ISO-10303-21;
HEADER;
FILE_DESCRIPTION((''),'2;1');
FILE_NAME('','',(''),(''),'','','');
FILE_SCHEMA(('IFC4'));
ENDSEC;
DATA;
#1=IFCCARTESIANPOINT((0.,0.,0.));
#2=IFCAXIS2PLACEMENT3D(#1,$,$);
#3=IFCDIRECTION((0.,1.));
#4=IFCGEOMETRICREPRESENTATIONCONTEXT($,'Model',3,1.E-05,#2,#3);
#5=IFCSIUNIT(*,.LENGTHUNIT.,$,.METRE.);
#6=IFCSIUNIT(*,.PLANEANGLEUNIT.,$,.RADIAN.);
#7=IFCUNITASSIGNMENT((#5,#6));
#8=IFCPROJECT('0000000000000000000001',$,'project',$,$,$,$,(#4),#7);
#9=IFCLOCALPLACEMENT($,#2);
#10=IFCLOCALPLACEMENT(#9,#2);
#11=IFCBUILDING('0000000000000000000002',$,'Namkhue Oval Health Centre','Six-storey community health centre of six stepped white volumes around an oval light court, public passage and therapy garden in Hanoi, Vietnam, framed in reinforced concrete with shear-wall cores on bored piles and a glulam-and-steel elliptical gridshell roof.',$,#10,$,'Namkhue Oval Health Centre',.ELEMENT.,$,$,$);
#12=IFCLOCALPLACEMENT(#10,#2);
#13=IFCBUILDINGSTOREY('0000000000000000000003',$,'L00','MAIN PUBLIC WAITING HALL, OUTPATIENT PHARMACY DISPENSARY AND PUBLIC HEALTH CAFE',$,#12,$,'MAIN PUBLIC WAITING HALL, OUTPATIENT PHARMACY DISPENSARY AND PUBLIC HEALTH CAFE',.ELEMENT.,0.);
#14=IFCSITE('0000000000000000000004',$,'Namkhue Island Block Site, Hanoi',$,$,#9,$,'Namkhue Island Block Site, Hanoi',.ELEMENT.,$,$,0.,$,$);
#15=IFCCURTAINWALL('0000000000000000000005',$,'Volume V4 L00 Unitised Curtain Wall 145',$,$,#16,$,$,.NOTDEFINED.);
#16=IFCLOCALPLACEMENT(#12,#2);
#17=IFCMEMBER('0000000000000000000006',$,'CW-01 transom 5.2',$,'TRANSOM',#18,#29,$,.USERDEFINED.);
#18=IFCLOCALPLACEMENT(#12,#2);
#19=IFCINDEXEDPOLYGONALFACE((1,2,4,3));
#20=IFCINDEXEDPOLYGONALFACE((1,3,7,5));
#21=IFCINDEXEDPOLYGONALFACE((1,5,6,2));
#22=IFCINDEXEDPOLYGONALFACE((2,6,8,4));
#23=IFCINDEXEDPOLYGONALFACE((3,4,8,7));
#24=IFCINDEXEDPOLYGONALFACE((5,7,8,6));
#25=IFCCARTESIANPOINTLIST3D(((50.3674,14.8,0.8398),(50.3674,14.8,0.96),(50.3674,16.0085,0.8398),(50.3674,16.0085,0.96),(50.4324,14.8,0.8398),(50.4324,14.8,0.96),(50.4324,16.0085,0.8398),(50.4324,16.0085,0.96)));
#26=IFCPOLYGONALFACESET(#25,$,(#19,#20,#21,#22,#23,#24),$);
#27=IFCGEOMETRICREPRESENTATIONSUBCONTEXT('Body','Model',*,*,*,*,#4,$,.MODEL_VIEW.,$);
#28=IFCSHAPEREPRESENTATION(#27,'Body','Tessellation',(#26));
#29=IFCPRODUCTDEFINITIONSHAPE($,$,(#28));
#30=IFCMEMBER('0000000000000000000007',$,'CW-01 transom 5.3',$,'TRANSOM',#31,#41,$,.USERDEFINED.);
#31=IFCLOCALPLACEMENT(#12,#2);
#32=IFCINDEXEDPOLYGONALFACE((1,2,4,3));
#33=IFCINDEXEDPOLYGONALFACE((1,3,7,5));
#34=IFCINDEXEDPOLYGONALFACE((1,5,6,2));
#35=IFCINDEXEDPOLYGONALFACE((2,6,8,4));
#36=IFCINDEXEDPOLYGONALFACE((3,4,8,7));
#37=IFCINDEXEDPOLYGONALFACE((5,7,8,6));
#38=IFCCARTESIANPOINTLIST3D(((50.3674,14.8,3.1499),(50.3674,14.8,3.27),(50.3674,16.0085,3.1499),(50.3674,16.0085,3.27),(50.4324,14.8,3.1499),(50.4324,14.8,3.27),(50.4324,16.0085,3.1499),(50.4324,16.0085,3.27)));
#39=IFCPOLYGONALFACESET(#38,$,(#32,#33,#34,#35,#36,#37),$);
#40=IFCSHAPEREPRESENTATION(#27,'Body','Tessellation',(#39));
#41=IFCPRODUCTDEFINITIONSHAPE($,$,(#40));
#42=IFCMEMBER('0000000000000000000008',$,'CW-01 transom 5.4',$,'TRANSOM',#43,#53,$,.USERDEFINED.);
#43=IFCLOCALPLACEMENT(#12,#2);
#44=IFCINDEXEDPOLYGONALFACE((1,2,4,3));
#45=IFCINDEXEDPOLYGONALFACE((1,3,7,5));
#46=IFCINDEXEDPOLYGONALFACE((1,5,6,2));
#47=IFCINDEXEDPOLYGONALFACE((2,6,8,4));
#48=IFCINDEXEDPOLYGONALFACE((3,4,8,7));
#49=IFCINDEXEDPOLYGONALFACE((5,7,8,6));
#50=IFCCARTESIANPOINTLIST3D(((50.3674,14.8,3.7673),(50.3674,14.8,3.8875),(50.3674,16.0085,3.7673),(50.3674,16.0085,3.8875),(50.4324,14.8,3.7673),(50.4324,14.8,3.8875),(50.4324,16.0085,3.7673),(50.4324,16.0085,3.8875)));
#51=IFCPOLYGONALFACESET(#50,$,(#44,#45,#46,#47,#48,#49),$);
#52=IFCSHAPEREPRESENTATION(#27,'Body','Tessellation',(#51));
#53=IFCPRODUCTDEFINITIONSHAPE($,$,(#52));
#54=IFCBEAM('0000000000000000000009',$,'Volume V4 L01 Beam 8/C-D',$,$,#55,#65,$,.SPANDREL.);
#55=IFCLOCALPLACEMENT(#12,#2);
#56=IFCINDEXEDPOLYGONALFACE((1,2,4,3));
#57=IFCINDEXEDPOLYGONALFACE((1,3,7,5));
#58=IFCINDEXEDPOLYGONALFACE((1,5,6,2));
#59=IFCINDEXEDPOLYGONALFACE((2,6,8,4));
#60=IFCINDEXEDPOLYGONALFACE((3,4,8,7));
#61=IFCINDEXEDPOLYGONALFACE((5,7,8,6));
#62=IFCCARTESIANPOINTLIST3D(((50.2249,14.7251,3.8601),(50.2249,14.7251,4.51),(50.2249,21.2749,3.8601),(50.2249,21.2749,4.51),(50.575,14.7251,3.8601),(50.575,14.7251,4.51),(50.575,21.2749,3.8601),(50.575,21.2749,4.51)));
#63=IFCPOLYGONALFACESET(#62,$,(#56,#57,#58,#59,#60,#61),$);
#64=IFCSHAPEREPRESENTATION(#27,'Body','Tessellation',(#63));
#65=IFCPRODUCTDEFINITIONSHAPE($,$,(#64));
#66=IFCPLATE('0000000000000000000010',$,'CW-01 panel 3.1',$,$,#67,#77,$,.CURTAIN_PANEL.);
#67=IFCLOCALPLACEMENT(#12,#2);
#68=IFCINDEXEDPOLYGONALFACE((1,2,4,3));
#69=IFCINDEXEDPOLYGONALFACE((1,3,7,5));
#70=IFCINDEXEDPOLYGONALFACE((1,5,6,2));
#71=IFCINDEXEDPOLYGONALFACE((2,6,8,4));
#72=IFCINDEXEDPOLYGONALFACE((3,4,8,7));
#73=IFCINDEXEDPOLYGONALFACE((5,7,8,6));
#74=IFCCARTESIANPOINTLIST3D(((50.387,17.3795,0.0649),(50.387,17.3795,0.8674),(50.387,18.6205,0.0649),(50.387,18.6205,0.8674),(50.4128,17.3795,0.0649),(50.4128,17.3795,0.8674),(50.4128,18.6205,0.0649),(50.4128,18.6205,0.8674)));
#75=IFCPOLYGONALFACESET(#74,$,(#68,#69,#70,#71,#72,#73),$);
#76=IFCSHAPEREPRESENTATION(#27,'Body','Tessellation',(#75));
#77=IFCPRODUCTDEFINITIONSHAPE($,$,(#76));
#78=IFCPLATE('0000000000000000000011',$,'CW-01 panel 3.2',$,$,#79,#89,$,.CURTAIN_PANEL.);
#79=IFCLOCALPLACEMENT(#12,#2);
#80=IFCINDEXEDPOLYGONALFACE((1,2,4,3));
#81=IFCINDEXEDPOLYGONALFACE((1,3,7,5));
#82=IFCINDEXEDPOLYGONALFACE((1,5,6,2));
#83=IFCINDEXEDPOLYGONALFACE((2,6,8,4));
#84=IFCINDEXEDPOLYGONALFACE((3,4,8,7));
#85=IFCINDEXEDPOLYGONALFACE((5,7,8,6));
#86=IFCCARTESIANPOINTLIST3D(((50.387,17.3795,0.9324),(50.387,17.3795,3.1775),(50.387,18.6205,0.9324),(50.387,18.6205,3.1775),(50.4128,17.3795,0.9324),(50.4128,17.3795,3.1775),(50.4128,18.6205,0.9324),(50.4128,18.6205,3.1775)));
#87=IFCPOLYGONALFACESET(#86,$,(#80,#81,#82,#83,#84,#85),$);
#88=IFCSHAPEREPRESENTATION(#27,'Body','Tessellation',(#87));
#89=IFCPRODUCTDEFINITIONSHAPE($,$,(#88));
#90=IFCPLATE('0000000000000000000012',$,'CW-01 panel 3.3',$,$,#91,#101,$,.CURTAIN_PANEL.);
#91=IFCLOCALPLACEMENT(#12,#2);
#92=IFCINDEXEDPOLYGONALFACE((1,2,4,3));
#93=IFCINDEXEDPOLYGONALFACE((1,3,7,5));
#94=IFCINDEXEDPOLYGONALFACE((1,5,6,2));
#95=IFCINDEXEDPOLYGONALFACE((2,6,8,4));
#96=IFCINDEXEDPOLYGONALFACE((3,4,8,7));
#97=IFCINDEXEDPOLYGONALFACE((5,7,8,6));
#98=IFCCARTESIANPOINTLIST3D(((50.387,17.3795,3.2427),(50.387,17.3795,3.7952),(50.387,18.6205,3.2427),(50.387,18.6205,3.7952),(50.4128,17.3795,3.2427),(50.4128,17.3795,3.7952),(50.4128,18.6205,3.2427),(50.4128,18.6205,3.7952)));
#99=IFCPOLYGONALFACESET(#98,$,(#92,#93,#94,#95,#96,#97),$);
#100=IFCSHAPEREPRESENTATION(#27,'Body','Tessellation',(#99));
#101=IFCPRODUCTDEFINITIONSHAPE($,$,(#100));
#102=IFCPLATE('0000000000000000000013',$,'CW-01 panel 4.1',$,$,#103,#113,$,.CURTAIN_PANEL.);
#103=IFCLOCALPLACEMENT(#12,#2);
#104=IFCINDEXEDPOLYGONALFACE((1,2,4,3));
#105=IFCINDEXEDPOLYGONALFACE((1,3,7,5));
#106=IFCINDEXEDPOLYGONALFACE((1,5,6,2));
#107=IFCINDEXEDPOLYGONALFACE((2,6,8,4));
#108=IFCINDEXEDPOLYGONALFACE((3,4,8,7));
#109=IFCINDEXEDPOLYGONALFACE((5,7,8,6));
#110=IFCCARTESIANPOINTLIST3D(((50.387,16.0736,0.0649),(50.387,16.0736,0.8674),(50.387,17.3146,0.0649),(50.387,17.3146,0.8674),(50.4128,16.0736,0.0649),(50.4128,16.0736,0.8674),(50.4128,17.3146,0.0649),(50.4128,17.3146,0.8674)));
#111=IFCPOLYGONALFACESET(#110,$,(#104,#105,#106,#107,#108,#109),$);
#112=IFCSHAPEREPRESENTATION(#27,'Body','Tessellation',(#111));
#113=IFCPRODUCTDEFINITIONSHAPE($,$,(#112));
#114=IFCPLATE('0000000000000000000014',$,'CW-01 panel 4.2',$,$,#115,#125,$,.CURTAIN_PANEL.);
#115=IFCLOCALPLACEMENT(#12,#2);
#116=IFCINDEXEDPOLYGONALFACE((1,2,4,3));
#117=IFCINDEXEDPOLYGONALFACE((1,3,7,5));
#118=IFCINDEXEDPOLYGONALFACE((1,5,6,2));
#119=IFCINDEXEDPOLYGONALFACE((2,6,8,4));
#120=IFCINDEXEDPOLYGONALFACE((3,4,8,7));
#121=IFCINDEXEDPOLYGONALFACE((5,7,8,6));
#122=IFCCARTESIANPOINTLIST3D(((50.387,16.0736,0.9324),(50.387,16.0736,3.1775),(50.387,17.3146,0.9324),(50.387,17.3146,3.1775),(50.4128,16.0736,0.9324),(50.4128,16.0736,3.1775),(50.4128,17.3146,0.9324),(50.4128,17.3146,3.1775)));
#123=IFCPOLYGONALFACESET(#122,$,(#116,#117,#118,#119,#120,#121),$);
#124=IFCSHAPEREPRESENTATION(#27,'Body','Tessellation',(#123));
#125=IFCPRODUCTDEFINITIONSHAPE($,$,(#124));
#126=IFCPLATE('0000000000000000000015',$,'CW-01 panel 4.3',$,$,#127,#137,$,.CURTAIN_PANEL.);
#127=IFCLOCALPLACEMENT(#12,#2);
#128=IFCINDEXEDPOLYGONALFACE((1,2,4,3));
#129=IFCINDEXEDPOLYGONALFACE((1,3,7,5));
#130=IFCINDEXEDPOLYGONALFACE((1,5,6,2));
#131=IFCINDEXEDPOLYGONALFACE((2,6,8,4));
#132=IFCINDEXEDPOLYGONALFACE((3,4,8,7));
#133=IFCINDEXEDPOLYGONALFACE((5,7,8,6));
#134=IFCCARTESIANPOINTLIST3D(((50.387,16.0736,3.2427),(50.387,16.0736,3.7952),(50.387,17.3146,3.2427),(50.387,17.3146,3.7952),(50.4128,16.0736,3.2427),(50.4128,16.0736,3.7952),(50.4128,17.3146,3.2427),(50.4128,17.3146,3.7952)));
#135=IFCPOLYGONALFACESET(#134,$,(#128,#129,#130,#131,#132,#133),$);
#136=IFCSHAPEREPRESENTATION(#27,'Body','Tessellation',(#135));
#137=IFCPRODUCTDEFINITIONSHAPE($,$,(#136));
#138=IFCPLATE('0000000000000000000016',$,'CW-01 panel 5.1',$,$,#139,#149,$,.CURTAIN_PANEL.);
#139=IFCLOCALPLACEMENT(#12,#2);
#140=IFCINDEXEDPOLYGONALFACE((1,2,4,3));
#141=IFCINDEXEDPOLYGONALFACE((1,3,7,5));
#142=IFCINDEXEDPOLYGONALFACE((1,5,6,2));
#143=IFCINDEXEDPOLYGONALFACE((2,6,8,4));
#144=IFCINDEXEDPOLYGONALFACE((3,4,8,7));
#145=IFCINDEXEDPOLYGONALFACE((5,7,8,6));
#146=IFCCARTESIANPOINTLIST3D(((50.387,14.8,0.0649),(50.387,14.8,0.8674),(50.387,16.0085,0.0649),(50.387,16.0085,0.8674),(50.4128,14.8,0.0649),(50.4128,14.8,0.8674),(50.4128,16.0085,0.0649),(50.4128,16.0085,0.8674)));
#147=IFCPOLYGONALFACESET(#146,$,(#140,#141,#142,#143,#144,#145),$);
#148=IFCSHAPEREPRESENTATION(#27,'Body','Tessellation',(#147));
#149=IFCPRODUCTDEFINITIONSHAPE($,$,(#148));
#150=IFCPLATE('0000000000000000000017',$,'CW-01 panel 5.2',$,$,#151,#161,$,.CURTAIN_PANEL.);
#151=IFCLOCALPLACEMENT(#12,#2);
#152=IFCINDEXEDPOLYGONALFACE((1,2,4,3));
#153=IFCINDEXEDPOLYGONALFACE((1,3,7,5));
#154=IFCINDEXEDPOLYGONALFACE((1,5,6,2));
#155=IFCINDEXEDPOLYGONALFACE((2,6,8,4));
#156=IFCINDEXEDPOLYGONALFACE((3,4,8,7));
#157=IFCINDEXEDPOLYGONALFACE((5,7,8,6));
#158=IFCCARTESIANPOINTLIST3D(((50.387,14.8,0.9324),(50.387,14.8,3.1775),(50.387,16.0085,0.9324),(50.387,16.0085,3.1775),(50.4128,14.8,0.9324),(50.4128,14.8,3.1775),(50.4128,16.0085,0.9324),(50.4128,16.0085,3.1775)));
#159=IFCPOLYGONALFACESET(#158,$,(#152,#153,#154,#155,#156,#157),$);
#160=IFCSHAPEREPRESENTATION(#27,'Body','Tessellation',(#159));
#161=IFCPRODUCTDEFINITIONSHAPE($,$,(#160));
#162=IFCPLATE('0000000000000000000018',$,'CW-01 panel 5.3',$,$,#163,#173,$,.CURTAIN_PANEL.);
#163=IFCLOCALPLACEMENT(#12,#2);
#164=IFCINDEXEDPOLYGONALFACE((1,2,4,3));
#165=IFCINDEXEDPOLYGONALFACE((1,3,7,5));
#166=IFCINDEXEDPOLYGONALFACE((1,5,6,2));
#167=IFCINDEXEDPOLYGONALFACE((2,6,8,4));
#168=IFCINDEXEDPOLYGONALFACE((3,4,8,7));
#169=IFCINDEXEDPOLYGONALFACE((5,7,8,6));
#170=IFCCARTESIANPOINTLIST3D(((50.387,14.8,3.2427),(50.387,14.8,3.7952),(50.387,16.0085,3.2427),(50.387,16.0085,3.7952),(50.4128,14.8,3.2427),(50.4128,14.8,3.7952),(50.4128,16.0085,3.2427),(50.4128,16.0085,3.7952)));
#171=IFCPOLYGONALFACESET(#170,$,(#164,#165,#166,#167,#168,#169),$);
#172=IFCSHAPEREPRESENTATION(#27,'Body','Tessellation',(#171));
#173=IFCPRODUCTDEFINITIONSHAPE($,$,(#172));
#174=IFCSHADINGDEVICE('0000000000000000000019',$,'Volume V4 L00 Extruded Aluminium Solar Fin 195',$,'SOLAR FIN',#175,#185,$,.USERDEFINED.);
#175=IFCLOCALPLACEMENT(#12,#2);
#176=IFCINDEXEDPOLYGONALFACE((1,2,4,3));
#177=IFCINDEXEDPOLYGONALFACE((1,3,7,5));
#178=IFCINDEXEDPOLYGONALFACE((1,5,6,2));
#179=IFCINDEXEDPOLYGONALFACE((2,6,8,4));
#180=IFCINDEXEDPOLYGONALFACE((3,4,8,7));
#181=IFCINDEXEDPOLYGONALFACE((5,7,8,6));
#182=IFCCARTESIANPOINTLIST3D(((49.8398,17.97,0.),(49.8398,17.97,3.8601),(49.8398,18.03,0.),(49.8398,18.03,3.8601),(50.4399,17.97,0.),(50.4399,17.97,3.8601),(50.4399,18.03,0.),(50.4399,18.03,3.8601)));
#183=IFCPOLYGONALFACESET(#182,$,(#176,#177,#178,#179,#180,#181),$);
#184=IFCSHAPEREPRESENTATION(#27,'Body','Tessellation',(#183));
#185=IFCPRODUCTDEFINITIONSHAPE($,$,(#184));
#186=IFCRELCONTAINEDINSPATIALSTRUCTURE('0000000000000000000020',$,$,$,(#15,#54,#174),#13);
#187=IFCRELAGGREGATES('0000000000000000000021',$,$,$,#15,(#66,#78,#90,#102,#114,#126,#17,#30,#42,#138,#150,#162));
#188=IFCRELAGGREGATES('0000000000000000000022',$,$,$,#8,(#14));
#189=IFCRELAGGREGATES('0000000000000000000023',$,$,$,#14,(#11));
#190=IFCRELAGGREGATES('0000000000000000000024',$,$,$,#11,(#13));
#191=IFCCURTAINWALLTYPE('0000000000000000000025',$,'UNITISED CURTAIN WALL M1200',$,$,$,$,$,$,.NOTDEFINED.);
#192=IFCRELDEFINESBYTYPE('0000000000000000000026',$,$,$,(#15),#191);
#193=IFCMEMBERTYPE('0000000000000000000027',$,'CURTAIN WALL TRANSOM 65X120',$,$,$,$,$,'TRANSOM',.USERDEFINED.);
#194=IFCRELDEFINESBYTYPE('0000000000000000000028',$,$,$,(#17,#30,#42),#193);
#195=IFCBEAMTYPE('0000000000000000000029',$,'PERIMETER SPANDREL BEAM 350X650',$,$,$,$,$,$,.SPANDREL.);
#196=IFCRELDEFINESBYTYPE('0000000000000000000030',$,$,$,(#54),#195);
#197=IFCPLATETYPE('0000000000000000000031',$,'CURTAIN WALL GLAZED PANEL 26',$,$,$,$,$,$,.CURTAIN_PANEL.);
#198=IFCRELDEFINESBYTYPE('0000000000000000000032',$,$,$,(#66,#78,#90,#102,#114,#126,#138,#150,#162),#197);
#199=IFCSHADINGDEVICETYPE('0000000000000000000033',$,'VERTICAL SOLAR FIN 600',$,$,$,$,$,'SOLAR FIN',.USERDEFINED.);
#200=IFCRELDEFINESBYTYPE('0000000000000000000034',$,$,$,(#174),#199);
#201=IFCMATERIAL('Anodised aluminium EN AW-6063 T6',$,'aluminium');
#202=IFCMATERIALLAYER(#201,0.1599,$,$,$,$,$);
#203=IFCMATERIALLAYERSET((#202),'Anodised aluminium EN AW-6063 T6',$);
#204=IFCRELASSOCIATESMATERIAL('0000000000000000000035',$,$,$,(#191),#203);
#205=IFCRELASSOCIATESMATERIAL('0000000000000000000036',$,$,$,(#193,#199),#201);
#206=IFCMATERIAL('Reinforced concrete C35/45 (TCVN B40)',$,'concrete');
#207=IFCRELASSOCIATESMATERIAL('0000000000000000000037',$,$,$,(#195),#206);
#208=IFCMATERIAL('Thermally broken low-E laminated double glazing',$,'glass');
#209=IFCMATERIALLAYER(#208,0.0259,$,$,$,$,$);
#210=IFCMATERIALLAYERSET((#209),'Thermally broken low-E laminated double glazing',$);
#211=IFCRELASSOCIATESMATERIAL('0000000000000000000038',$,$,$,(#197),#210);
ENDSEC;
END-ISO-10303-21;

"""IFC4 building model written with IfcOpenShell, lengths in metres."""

from ifc_helpers import new_model, si_unit, direction, frame, origin, origin_2d, place, context, subcontext, project, spatial, rectangle, extrude, material, layer, layer_set, material_profile, profile_set, type_object, element, aggregate, save


model = new_model("IFC4")

# Units and contexts
model_context = context("Model", 3, precision=1e-05, world=origin(), true_north=direction((0.0, 1.0)))
body_context = subcontext(model_context, "Body", "Model", "MODEL_VIEW")
ifc_project = project(units=[si_unit("LENGTHUNIT", "METRE"), si_unit("PLANEANGLEUNIT", "RADIAN")], contexts=[model_context])

# Site, building, storey
site_placement = place(None, origin())
site = spatial("IfcSite", under=ifc_project, at=site_placement, Name="Namkhue Island Block Site, Hanoi", LongName="Namkhue Island Block Site, Hanoi", CompositionType="ELEMENT", RefElevation=0.0)
building_placement = place(site_placement, origin())
building = spatial("IfcBuilding", under=site, at=building_placement, Name="Namkhue Oval Health Centre", Description="Six-storey community health centre of six stepped white volumes around an oval light court, public passage and therapy garden in Hanoi, Vietnam, framed in reinforced concrete with shear-wall cores on bored piles and a glulam-and-steel elliptical gridshell roof.", LongName="Namkhue Oval Health Centre", CompositionType="ELEMENT")
storey_placement = place(building_placement, origin())
storey = spatial("IfcBuildingStorey", under=building, at=storey_placement, Name="L00", Description="MAIN PUBLIC WAITING HALL, OUTPATIENT PHARMACY DISPENSARY AND PUBLIC HEALTH CAFE", LongName="MAIN PUBLIC WAITING HALL, OUTPATIENT PHARMACY DISPENSARY AND PUBLIC HEALTH CAFE", CompositionType="ELEMENT", Elevation=0.0)

# Shared definitions
ifc_material_1 = material(Name="Reinforced concrete C35/45 (TCVN B40)", Category="concrete")

# Curtain wall, members
ifc_material_2 = material(Name="Anodised aluminium EN AW-6063 T6", Category="aluminium")
ifc_layer_1 = layer(ifc_material_2, 0.1599)
ifc_layer_set_1 = layer_set([ifc_layer_1], Name="Anodised aluminium EN AW-6063 T6")
curtain_wall_type = type_object("IfcCurtainWallType", Name="UNITISED CURTAIN WALL M1200", PredefinedType="NOTDEFINED", material=ifc_layer_set_1)
curtain_wall_placement = place(storey_placement, origin())
curtain_wall = element("IfcCurtainWall", 1, at=curtain_wall_placement, inside=storey, type_object=curtain_wall_type, Name="Volume V4 L00 Unitised Curtain Wall 145", PredefinedType="NOTDEFINED")
ifc_material_profile_1 = material_profile(ifc_material_2, rectangle(XDim=0.0649, YDim=0.1201, at=origin_2d()), Name="ALU 65x120")
ifc_profile_set_1 = profile_set([ifc_material_profile_1], Name="Anodised aluminium EN AW-6063 T6")
member_type_1 = type_object("IfcMemberType", Name="CURTAIN WALL TRANSOM 65X120", ElementType="TRANSOM", PredefinedType="USERDEFINED", material=ifc_profile_set_1)
member_1_placement = place(storey_placement, frame((50.3999, 16.0085, 0.8999), z_axis=(0.0, -1.0, 0.0), x_axis=(1.0, 0.0, 0.0)))
member_1 = element("IfcMember", 2, at=member_1_placement, type_object=member_type_1, Name="CW-01 transom 5.2", ObjectType="TRANSOM", PredefinedType="USERDEFINED", context=body_context, shape_type="SweptSolid", body=[
    extrude(rectangle(XDim=0.0649, YDim=0.1201, at=origin_2d()), origin(), (0.0, 0.0, 1.0), 1.2085),
])
member_2_placement = place(storey_placement, frame((50.3999, 16.0085, 3.21), z_axis=(0.0, -1.0, 0.0), x_axis=(1.0, 0.0, 0.0)))
member_2 = element("IfcMember", 3, at=member_2_placement, type_object=member_type_1, Name="CW-01 transom 5.3", ObjectType="TRANSOM", PredefinedType="USERDEFINED", context=body_context, shape_type="SweptSolid", body=[
    extrude(rectangle(XDim=0.0649, YDim=0.1201, at=origin_2d()), origin(), (0.0, 0.0, 1.0), 1.2085),
])
member_3_placement = place(storey_placement, frame((50.3999, 16.0085, 3.8274), z_axis=(0.0, -1.0, 0.0), x_axis=(1.0, 0.0, 0.0)))
member_3 = element("IfcMember", 4, at=member_3_placement, type_object=member_type_1, Name="CW-01 transom 5.4", ObjectType="TRANSOM", PredefinedType="USERDEFINED", context=body_context, shape_type="SweptSolid", body=[
    extrude(rectangle(XDim=0.0649, YDim=0.1201, at=origin_2d()), origin(), (0.0, 0.0, 1.0), 1.2085),
])

# Beam
ifc_material_profile_2 = material_profile(ifc_material_1, rectangle(XDim=0.3501, YDim=0.6499, at=origin_2d()), Name="RC 350x650")
ifc_profile_set_2 = profile_set([ifc_material_profile_2], Name="Reinforced concrete C35/45 (TCVN B40)")
beam_type = type_object("IfcBeamType", Name="PERIMETER SPANDREL BEAM 350X650", PredefinedType="SPANDREL", material=ifc_profile_set_2)
beam_placement = place(storey_placement, frame((50.3999, 14.7251, 4.1851), z_axis=(0.0, 1.0, 0.0), x_axis=(-1.0, 0.0, 0.0)))
element("IfcBeam", 5, at=beam_placement, inside=storey, type_object=beam_type, Name="Volume V4 L01 Beam 8/C-D", PredefinedType="SPANDREL", context=body_context, shape_type="SweptSolid", body=[
    extrude(rectangle(XDim=0.3501, YDim=0.6499, at=origin_2d()), origin(), (0.0, 0.0, 1.0), 6.5498),
])

# Plates
ifc_material_3 = material(Name="Thermally broken low-E laminated double glazing", Category="glass")
ifc_layer_2 = layer(ifc_material_3, 0.0259)
ifc_layer_set_2 = layer_set([ifc_layer_2], Name="Thermally broken low-E laminated double glazing")
plate_type = type_object("IfcPlateType", Name="CURTAIN WALL GLAZED PANEL 26", PredefinedType="CURTAIN_PANEL", material=ifc_layer_set_2)
plate_1_placement = place(storey_placement, frame((50.3999, 18.0, 0.0649), z_axis=(0.0, 0.0, 1.0), x_axis=(0.0, -1.0, 0.0)))
plate_1 = element("IfcPlate", 6, at=plate_1_placement, type_object=plate_type, Name="CW-01 panel 3.1", PredefinedType="CURTAIN_PANEL", context=body_context, shape_type="SweptSolid", body=[
    extrude(rectangle(XDim=1.241, YDim=0.0259, at=origin_2d()), origin(), (0.0, 0.0, 1.0), 0.8025),
])
plate_2_placement = place(storey_placement, frame((50.3999, 18.0, 0.9324), z_axis=(0.0, 0.0, 1.0), x_axis=(0.0, -1.0, 0.0)))
plate_2 = element("IfcPlate", 7, at=plate_2_placement, type_object=plate_type, Name="CW-01 panel 3.2", PredefinedType="CURTAIN_PANEL", context=body_context, shape_type="SweptSolid", body=[
    extrude(rectangle(XDim=1.241, YDim=0.0259, at=origin_2d()), origin(), (0.0, 0.0, 1.0), 2.2451),
])
plate_3_placement = place(storey_placement, frame((50.3999, 18.0, 3.2427), z_axis=(0.0, 0.0, 1.0), x_axis=(0.0, -1.0, 0.0)))
plate_3 = element("IfcPlate", 8, at=plate_3_placement, type_object=plate_type, Name="CW-01 panel 3.3", PredefinedType="CURTAIN_PANEL", context=body_context, shape_type="SweptSolid", body=[
    extrude(rectangle(XDim=1.241, YDim=0.0259, at=origin_2d()), origin(), (0.0, 0.0, 1.0), 0.5525),
])
plate_4_placement = place(storey_placement, frame((50.3999, 16.6941, 0.0649), z_axis=(0.0, 0.0, 1.0), x_axis=(0.0, -1.0, 0.0)))
plate_4 = element("IfcPlate", 9, at=plate_4_placement, type_object=plate_type, Name="CW-01 panel 4.1", PredefinedType="CURTAIN_PANEL", context=body_context, shape_type="SweptSolid", body=[
    extrude(rectangle(XDim=1.241, YDim=0.0259, at=origin_2d()), origin(), (0.0, 0.0, 1.0), 0.8025),
])
plate_5_placement = place(storey_placement, frame((50.3999, 16.6941, 0.9324), z_axis=(0.0, 0.0, 1.0), x_axis=(0.0, -1.0, 0.0)))
plate_5 = element("IfcPlate", 10, at=plate_5_placement, type_object=plate_type, Name="CW-01 panel 4.2", PredefinedType="CURTAIN_PANEL", context=body_context, shape_type="SweptSolid", body=[
    extrude(rectangle(XDim=1.241, YDim=0.0259, at=origin_2d()), origin(), (0.0, 0.0, 1.0), 2.2451),
])
plate_6_placement = place(storey_placement, frame((50.3999, 16.6941, 3.2427), z_axis=(0.0, 0.0, 1.0), x_axis=(0.0, -1.0, 0.0)))
plate_6 = element("IfcPlate", 11, at=plate_6_placement, type_object=plate_type, Name="CW-01 panel 4.3", PredefinedType="CURTAIN_PANEL", context=body_context, shape_type="SweptSolid", body=[
    extrude(rectangle(XDim=1.241, YDim=0.0259, at=origin_2d()), origin(), (0.0, 0.0, 1.0), 0.5525),
])
plate_7_placement = place(storey_placement, frame((50.3999, 15.4043, 0.0649), z_axis=(0.0, 0.0, 1.0), x_axis=(0.0, -1.0, 0.0)))
plate_7 = element("IfcPlate", 12, at=plate_7_placement, type_object=plate_type, Name="CW-01 panel 5.1", PredefinedType="CURTAIN_PANEL", context=body_context, shape_type="SweptSolid", body=[
    extrude(rectangle(XDim=1.2085, YDim=0.0259, at=origin_2d()), origin(), (0.0, 0.0, 1.0), 0.8025),
])
plate_8_placement = place(storey_placement, frame((50.3999, 15.4043, 0.9324), z_axis=(0.0, 0.0, 1.0), x_axis=(0.0, -1.0, 0.0)))
plate_8 = element("IfcPlate", 13, at=plate_8_placement, type_object=plate_type, Name="CW-01 panel 5.2", PredefinedType="CURTAIN_PANEL", context=body_context, shape_type="SweptSolid", body=[
    extrude(rectangle(XDim=1.2085, YDim=0.0259, at=origin_2d()), origin(), (0.0, 0.0, 1.0), 2.2451),
])
plate_9_placement = place(storey_placement, frame((50.3999, 15.4043, 3.2427), z_axis=(0.0, 0.0, 1.0), x_axis=(0.0, -1.0, 0.0)))
plate_9 = element("IfcPlate", 14, at=plate_9_placement, type_object=plate_type, Name="CW-01 panel 5.3", PredefinedType="CURTAIN_PANEL", context=body_context, shape_type="SweptSolid", body=[
    extrude(rectangle(XDim=1.2085, YDim=0.0259, at=origin_2d()), origin(), (0.0, 0.0, 1.0), 0.5525),
])
aggregate(curtain_wall, [plate_1, plate_2, plate_3, plate_4, plate_5, plate_6, member_1, member_2, member_3, plate_7, plate_8, plate_9])

# Shading device
shading_device_type = type_object("IfcShadingDeviceType", Name="VERTICAL SOLAR FIN 600", ElementType="SOLAR FIN", PredefinedType="USERDEFINED", material=ifc_material_2)
shading_device_placement = place(storey_placement, frame((50.1399, 18.0, 0.0), z_axis=(0.0, 0.0, 1.0), x_axis=(-1.0, 0.0, 0.0)))
element("IfcShadingDevice", 15, at=shading_device_placement, inside=storey, type_object=shading_device_type, Name="Volume V4 L00 Extruded Aluminium Solar Fin 195", ObjectType="SOLAR FIN", PredefinedType="USERDEFINED", context=body_context, shape_type="SweptSolid", body=[
    extrude(rectangle(XDim=0.6001, YDim=0.0601, at=origin_2d()), origin(), (0.0, 0.0, 1.0), 3.8601),
])

save(model, "model.ifc")
